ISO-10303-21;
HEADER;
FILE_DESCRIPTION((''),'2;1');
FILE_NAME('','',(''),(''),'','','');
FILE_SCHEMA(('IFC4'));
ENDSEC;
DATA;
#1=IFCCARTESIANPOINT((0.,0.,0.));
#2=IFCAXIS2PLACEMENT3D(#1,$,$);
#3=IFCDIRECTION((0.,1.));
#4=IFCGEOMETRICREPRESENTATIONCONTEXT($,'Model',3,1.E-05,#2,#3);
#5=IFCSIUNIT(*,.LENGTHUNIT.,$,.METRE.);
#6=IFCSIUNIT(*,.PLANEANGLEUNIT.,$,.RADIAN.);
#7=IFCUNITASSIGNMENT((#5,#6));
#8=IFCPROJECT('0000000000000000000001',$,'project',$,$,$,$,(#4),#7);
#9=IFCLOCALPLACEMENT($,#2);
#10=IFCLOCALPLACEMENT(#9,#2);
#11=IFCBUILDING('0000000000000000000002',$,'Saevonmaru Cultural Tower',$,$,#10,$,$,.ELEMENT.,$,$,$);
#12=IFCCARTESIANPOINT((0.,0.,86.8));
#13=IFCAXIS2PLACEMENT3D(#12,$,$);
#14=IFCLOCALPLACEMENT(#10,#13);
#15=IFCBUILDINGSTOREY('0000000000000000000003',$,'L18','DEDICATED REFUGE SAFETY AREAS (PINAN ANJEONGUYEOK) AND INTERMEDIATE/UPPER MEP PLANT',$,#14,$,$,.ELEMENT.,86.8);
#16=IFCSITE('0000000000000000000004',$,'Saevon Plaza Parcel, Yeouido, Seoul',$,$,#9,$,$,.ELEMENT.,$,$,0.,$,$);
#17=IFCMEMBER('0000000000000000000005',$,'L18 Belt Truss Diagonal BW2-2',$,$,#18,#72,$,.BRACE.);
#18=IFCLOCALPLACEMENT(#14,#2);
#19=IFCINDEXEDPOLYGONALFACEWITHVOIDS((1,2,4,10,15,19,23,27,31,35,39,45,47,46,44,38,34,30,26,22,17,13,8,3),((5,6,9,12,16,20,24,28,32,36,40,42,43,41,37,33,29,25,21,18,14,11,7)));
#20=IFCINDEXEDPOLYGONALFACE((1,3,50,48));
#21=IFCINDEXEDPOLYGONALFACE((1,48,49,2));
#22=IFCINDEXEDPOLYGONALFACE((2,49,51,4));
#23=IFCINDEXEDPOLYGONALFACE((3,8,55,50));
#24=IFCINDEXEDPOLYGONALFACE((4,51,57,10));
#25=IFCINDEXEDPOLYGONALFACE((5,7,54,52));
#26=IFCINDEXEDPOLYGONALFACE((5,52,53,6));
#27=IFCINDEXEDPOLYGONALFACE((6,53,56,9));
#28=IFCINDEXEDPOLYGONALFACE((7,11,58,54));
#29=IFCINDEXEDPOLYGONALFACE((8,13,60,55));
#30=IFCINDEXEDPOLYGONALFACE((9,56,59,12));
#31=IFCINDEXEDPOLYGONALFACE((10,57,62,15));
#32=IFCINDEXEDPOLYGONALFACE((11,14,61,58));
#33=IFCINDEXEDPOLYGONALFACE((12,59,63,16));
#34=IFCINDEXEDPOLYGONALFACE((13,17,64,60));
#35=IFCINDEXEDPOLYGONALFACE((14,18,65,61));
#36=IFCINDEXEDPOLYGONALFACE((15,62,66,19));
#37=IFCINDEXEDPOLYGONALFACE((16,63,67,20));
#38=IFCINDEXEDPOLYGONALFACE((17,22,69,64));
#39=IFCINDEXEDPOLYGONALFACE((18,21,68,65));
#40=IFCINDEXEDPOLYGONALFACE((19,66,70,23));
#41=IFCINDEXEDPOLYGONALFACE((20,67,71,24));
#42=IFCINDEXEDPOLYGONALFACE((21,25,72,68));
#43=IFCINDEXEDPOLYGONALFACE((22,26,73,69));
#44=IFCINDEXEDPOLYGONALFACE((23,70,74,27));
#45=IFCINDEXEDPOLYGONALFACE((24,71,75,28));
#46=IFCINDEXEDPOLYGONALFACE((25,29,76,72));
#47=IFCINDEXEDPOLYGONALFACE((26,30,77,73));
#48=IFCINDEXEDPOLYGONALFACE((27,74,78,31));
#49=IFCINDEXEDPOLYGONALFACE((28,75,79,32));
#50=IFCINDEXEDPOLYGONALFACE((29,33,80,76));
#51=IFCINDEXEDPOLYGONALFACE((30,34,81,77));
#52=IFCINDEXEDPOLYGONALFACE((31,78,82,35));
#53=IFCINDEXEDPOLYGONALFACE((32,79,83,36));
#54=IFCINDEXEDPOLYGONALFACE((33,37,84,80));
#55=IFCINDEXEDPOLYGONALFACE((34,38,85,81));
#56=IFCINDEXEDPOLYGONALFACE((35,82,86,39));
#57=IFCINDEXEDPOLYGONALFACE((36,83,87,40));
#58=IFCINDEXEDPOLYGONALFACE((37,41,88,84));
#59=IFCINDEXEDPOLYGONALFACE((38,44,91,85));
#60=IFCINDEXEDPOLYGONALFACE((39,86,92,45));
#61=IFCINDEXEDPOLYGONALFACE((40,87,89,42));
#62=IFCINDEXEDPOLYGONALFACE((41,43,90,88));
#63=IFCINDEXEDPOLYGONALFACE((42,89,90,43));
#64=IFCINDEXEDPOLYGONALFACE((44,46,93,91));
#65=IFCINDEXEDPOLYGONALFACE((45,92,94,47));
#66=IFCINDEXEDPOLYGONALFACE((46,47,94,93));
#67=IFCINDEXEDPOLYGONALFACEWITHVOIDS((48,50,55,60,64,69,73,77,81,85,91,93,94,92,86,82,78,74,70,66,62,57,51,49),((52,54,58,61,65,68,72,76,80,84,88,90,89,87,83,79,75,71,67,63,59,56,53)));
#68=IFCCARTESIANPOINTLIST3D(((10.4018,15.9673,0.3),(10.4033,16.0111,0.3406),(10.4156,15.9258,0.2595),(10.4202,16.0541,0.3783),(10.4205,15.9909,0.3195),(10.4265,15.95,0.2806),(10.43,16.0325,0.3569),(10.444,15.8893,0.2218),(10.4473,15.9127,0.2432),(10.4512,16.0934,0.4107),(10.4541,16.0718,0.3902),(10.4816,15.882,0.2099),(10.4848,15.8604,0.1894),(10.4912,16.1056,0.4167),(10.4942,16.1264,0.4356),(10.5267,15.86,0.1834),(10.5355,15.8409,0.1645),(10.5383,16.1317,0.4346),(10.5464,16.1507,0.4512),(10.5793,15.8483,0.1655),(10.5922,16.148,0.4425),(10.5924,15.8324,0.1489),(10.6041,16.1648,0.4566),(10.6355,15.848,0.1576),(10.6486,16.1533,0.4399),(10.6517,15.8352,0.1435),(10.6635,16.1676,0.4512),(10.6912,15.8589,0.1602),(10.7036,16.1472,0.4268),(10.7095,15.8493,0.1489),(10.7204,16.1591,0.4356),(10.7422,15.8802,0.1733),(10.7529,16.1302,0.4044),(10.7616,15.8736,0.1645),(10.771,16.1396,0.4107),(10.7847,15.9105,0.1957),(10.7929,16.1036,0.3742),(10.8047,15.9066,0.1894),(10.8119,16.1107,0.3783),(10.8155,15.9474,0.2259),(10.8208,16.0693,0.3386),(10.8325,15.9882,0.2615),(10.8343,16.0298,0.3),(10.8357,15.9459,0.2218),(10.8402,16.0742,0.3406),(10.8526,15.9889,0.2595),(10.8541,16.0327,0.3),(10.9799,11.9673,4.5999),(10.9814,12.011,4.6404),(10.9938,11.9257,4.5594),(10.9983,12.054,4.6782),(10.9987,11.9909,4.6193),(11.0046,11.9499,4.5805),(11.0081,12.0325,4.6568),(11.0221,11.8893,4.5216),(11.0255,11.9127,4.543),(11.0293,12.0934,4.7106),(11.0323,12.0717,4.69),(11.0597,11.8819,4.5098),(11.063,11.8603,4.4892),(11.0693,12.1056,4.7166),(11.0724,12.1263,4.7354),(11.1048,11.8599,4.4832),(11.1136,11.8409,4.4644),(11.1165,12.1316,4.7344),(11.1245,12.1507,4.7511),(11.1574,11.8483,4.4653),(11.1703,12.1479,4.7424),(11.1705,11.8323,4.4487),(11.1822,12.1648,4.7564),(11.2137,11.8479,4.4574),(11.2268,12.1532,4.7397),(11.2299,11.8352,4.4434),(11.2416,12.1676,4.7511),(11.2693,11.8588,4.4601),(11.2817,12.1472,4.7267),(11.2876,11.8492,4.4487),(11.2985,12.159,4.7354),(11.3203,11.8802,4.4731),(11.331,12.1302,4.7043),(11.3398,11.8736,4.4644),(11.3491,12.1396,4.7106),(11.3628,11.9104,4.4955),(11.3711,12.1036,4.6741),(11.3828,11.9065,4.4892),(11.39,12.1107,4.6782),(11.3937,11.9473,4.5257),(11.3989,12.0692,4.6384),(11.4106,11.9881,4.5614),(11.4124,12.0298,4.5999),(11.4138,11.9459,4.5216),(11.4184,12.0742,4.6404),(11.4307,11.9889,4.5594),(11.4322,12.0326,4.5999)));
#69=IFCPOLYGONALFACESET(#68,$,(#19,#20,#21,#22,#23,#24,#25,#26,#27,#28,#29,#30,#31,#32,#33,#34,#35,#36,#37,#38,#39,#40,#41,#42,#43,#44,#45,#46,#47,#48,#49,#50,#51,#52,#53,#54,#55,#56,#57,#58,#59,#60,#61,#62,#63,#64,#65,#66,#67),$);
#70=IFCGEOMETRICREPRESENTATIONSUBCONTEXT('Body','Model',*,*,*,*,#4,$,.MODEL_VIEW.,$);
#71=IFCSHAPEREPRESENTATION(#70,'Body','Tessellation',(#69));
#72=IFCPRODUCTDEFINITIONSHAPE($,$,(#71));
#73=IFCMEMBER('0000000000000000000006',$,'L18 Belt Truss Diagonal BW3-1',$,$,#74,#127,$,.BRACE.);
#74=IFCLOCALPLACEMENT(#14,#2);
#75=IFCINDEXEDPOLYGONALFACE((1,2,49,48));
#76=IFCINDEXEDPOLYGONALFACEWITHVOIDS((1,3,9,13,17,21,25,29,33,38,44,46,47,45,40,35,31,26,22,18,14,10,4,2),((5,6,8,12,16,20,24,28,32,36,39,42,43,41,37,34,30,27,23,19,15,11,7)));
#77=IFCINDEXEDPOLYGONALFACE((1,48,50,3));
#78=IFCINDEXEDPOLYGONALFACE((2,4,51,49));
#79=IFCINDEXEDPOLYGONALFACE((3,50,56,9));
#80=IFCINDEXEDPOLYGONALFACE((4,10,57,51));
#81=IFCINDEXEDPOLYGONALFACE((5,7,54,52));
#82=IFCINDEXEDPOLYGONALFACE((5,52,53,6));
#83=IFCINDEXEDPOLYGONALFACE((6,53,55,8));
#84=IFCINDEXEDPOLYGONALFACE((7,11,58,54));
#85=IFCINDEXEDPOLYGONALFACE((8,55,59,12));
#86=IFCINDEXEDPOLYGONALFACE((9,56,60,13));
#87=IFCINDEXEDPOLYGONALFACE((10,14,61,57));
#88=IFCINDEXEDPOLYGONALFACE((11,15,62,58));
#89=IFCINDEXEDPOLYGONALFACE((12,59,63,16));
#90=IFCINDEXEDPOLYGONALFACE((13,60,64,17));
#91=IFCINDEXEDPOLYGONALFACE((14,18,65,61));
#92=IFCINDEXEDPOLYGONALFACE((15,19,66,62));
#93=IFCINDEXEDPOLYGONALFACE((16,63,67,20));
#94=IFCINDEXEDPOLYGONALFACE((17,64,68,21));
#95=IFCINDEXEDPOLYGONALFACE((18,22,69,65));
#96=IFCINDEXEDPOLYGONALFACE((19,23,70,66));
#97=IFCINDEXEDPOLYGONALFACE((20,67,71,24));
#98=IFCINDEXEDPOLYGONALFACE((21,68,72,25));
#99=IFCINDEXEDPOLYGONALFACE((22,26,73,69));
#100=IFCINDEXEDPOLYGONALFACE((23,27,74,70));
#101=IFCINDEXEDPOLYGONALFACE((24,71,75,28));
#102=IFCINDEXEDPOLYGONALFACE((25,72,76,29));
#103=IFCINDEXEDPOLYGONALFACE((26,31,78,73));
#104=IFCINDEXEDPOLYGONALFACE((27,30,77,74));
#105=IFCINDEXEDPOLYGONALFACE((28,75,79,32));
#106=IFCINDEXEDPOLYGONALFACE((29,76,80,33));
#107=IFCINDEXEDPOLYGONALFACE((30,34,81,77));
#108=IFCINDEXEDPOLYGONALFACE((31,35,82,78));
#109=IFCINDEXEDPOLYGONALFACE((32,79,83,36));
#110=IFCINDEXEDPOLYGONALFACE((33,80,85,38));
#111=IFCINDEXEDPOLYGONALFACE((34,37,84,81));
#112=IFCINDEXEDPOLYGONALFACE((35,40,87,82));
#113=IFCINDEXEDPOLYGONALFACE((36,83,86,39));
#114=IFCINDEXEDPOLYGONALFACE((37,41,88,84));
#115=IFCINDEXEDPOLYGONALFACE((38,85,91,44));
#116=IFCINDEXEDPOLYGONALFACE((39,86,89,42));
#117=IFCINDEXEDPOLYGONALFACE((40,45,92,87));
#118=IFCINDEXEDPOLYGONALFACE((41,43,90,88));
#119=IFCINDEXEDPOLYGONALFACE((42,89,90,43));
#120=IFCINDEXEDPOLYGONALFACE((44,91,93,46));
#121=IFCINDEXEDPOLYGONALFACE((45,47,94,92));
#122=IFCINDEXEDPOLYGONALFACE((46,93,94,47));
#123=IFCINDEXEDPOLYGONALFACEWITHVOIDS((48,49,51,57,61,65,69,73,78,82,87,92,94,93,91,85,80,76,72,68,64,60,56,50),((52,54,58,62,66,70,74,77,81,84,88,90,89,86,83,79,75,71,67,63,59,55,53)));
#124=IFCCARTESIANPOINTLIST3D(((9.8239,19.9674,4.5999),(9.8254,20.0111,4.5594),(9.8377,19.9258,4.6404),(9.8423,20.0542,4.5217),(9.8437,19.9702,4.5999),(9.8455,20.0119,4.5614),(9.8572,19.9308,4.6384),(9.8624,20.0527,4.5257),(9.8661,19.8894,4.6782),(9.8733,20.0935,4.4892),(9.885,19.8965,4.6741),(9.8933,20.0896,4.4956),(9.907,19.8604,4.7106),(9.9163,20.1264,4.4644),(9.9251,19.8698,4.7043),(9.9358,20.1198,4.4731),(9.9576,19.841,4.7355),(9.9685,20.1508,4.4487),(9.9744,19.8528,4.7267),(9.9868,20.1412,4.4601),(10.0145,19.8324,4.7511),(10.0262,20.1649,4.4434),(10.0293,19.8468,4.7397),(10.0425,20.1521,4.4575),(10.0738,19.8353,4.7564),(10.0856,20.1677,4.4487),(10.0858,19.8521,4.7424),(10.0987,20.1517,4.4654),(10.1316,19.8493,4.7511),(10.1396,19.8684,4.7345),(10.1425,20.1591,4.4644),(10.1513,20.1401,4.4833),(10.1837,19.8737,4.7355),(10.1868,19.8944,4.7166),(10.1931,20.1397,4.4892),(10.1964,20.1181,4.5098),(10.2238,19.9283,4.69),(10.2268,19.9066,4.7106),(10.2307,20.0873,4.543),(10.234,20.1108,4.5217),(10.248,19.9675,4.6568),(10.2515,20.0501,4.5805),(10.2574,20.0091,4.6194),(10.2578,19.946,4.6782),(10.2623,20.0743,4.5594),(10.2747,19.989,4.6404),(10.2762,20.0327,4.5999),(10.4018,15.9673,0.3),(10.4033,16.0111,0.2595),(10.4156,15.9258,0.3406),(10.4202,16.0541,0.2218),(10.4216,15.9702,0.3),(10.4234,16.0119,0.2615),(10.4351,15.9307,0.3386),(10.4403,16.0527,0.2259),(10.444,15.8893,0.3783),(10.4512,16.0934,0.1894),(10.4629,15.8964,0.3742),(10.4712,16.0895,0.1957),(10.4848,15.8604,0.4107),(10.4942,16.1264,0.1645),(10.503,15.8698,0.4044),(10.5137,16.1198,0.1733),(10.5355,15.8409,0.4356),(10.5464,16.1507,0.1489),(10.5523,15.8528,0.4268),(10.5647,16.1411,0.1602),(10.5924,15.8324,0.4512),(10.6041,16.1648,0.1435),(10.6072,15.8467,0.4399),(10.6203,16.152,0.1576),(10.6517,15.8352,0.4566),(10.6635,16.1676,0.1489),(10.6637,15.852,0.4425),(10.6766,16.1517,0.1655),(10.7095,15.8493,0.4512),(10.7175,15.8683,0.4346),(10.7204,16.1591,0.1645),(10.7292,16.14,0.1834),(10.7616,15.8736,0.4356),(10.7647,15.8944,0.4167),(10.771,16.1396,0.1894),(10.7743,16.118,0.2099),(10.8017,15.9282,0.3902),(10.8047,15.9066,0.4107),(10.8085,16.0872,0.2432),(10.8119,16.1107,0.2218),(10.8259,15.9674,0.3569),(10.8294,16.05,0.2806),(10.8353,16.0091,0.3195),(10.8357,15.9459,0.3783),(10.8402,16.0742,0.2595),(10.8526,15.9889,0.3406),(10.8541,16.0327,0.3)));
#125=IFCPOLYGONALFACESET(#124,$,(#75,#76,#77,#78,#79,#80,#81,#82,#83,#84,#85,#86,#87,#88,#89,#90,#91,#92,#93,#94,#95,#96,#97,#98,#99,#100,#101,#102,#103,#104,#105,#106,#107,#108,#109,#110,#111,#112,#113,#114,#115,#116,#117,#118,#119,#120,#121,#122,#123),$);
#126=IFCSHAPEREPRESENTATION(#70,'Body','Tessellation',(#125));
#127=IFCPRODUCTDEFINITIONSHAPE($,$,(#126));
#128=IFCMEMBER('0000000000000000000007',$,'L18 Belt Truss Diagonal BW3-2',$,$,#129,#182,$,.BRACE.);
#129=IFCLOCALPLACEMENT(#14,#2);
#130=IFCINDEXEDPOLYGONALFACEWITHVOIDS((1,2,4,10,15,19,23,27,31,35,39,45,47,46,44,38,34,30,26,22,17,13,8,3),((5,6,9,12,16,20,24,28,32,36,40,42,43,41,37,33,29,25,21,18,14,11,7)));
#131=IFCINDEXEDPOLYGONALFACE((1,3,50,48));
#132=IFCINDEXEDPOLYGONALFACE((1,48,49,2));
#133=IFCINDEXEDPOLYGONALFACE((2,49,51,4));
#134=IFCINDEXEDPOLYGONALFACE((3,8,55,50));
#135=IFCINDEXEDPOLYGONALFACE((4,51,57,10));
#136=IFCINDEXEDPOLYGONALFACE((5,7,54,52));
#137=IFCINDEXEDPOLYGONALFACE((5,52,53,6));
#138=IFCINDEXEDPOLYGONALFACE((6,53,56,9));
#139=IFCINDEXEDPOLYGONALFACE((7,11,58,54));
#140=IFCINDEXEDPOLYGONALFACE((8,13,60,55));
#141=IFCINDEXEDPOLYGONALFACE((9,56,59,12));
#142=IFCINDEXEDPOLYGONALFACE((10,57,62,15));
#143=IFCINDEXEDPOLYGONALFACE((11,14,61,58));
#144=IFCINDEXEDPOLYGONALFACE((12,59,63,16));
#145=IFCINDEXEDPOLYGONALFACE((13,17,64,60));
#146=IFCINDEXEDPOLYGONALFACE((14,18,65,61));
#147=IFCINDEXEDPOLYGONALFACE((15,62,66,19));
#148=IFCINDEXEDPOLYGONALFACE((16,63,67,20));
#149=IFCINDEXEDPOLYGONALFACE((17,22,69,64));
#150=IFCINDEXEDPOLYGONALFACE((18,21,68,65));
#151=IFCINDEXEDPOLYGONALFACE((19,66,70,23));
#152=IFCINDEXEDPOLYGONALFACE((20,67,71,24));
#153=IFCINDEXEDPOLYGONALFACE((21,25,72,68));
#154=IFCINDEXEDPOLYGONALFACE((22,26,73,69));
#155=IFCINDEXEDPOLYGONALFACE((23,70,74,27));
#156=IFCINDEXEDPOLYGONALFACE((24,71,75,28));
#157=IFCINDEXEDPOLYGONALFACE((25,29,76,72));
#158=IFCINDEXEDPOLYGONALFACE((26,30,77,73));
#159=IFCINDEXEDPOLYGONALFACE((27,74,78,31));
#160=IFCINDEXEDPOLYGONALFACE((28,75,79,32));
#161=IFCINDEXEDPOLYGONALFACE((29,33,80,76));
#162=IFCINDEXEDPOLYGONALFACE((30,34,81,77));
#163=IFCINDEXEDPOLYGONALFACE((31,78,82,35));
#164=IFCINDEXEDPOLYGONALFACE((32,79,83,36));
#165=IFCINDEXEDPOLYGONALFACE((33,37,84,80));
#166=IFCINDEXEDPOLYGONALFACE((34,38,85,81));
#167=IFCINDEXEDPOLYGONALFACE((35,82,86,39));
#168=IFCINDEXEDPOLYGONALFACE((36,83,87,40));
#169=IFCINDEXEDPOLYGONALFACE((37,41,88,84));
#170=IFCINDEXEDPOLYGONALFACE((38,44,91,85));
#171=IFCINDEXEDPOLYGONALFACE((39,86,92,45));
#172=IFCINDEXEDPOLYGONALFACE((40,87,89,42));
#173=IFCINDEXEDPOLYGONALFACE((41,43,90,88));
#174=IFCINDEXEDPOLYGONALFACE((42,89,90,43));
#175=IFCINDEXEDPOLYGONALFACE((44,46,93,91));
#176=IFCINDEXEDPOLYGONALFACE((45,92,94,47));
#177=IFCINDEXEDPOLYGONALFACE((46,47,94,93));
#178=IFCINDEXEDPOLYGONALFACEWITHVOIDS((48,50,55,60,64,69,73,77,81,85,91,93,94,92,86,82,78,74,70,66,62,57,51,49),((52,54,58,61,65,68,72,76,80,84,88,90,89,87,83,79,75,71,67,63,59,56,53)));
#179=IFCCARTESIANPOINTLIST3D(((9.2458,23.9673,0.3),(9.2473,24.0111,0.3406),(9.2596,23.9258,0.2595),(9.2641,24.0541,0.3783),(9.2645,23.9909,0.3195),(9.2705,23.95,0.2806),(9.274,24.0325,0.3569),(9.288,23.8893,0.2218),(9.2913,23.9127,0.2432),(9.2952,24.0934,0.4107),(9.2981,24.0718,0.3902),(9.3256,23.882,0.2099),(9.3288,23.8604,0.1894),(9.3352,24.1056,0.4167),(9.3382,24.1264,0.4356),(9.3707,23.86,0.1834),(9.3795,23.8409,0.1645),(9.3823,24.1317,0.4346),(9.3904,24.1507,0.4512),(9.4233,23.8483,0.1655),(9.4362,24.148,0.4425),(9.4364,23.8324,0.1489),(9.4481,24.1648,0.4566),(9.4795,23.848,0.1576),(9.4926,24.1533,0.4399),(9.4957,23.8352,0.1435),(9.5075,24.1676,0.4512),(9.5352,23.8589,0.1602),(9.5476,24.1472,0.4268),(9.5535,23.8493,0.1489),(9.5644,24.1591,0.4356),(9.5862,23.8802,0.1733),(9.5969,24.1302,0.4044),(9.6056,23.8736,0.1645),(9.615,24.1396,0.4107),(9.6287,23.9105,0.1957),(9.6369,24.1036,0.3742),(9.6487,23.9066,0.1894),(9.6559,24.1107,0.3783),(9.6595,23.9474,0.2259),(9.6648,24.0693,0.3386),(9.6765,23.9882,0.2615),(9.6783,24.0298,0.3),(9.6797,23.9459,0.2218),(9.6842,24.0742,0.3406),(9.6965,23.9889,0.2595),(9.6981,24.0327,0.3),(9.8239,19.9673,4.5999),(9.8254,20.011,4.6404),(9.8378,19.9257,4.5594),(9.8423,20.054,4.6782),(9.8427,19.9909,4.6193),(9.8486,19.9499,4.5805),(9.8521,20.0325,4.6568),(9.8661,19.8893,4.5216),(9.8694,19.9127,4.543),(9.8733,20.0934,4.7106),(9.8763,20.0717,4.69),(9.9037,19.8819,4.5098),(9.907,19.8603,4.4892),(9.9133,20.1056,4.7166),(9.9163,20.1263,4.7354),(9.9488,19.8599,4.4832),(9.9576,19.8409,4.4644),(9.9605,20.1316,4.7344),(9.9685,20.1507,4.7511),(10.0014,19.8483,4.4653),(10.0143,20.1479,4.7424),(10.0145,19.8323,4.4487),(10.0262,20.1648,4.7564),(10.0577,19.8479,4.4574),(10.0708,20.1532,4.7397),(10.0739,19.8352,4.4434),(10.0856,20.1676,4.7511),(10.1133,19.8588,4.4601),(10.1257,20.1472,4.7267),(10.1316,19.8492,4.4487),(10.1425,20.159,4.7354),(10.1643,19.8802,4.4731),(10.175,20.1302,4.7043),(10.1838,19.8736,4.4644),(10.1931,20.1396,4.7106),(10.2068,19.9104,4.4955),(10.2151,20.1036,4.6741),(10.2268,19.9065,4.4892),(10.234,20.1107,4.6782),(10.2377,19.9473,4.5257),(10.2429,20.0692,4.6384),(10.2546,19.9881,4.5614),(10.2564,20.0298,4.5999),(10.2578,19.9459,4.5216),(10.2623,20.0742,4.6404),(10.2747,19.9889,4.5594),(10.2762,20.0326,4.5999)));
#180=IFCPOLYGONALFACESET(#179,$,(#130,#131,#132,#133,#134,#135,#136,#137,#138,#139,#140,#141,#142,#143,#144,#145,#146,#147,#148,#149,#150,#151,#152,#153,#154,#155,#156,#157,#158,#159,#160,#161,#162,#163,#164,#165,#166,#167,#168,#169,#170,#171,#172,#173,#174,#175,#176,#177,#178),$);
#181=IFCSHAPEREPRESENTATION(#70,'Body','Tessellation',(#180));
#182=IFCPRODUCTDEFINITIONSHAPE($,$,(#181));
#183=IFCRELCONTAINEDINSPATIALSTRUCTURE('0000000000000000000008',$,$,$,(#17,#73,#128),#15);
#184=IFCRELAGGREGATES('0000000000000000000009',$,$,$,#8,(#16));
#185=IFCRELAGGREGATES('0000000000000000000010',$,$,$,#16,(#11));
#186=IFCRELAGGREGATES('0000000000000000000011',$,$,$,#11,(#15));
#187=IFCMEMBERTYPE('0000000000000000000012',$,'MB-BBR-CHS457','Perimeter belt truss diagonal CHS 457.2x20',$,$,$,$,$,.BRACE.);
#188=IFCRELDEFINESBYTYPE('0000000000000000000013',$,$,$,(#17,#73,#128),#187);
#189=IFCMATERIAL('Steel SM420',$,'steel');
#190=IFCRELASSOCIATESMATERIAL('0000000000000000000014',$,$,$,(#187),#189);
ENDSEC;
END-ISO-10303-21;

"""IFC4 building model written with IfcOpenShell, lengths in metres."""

from ifc_helpers import new_model, si_unit, direction, frame, origin, origin_2d, place, context, subcontext, project, spatial, hollow_circle, extrude, material, material_profile, profile_set, type_object, element, save


model = new_model("IFC4")

# Units and contexts
model_context = context("Model", 3, precision=1e-05, world=origin(), true_north=direction((0.0, 1.0)))
body_context = subcontext(model_context, "Body", "Model", "MODEL_VIEW")
ifc_project = project(units=[si_unit("LENGTHUNIT", "METRE"), si_unit("PLANEANGLEUNIT", "RADIAN")], contexts=[model_context])

# Site, building, storey
site_placement = place(None, origin())
site = spatial("IfcSite", under=ifc_project, at=site_placement, Name="Saevon Plaza Parcel, Yeouido, Seoul", CompositionType="ELEMENT", RefElevation=0.0)
building_placement = place(site_placement, origin())
building = spatial("IfcBuilding", under=site, at=building_placement, Name="Saevonmaru Cultural Tower", CompositionType="ELEMENT")
storey_placement = place(building_placement, frame((0.0, 0.0, 86.8)))
storey = spatial("IfcBuildingStorey", under=building, at=storey_placement, Name="L18", Description="DEDICATED REFUGE SAFETY AREAS (PINAN ANJEONGUYEOK) AND INTERMEDIATE/UPPER MEP PLANT", CompositionType="ELEMENT", Elevation=86.8)

# Shared definitions
ifc_material_1 = material(Name="Steel SM420", Category="steel")

# Members
ifc_material_profile_1 = material_profile(ifc_material_1, hollow_circle(Radius=0.2285, WallThickness=0.02, at=origin_2d()), Name="CHS-457.2x20")
ifc_profile_set_1 = profile_set([ifc_material_profile_1], Name="Steel SM420")
member_type_1 = type_object("IfcMemberType", Name="MB-BBR-CHS457", Description="Perimeter belt truss diagonal CHS 457.2x20", PredefinedType="BRACE", material=ifc_profile_set_1)
for number, where, z_axis, x_axis, name in (
    (1, (10.6279, 16.0, 0.3), (0.09797, -0.677844, 0.728649), (0.989716, 0.143045, 0.0), "L18 Belt Truss Diagonal BW2-2"),
    (2, (10.6279, 16.0, 0.3), (-0.097929, 0.677847, 0.728652), (-0.989725, -0.142986, 0.0), "L18 Belt Truss Diagonal BW3-1"),
    (3, (9.4719, 24.0, 0.3), (0.09797, -0.677844, 0.728649), (0.989716, 0.143045, 0.0), "L18 Belt Truss Diagonal BW3-2"),
):
    element("IfcMember", number, at=place(storey_placement, frame(where, z_axis=z_axis, x_axis=x_axis)), inside=storey, type_object=member_type_1, Name=name, PredefinedType="BRACE", context=body_context, shape_type="SweptSolid", body=[
        extrude(hollow_circle(Radius=0.2285, WallThickness=0.02, at=origin_2d()), origin(), (0.0, 0.0, 1.0), 5.9011),
    ])

save(model, "model.ifc")
